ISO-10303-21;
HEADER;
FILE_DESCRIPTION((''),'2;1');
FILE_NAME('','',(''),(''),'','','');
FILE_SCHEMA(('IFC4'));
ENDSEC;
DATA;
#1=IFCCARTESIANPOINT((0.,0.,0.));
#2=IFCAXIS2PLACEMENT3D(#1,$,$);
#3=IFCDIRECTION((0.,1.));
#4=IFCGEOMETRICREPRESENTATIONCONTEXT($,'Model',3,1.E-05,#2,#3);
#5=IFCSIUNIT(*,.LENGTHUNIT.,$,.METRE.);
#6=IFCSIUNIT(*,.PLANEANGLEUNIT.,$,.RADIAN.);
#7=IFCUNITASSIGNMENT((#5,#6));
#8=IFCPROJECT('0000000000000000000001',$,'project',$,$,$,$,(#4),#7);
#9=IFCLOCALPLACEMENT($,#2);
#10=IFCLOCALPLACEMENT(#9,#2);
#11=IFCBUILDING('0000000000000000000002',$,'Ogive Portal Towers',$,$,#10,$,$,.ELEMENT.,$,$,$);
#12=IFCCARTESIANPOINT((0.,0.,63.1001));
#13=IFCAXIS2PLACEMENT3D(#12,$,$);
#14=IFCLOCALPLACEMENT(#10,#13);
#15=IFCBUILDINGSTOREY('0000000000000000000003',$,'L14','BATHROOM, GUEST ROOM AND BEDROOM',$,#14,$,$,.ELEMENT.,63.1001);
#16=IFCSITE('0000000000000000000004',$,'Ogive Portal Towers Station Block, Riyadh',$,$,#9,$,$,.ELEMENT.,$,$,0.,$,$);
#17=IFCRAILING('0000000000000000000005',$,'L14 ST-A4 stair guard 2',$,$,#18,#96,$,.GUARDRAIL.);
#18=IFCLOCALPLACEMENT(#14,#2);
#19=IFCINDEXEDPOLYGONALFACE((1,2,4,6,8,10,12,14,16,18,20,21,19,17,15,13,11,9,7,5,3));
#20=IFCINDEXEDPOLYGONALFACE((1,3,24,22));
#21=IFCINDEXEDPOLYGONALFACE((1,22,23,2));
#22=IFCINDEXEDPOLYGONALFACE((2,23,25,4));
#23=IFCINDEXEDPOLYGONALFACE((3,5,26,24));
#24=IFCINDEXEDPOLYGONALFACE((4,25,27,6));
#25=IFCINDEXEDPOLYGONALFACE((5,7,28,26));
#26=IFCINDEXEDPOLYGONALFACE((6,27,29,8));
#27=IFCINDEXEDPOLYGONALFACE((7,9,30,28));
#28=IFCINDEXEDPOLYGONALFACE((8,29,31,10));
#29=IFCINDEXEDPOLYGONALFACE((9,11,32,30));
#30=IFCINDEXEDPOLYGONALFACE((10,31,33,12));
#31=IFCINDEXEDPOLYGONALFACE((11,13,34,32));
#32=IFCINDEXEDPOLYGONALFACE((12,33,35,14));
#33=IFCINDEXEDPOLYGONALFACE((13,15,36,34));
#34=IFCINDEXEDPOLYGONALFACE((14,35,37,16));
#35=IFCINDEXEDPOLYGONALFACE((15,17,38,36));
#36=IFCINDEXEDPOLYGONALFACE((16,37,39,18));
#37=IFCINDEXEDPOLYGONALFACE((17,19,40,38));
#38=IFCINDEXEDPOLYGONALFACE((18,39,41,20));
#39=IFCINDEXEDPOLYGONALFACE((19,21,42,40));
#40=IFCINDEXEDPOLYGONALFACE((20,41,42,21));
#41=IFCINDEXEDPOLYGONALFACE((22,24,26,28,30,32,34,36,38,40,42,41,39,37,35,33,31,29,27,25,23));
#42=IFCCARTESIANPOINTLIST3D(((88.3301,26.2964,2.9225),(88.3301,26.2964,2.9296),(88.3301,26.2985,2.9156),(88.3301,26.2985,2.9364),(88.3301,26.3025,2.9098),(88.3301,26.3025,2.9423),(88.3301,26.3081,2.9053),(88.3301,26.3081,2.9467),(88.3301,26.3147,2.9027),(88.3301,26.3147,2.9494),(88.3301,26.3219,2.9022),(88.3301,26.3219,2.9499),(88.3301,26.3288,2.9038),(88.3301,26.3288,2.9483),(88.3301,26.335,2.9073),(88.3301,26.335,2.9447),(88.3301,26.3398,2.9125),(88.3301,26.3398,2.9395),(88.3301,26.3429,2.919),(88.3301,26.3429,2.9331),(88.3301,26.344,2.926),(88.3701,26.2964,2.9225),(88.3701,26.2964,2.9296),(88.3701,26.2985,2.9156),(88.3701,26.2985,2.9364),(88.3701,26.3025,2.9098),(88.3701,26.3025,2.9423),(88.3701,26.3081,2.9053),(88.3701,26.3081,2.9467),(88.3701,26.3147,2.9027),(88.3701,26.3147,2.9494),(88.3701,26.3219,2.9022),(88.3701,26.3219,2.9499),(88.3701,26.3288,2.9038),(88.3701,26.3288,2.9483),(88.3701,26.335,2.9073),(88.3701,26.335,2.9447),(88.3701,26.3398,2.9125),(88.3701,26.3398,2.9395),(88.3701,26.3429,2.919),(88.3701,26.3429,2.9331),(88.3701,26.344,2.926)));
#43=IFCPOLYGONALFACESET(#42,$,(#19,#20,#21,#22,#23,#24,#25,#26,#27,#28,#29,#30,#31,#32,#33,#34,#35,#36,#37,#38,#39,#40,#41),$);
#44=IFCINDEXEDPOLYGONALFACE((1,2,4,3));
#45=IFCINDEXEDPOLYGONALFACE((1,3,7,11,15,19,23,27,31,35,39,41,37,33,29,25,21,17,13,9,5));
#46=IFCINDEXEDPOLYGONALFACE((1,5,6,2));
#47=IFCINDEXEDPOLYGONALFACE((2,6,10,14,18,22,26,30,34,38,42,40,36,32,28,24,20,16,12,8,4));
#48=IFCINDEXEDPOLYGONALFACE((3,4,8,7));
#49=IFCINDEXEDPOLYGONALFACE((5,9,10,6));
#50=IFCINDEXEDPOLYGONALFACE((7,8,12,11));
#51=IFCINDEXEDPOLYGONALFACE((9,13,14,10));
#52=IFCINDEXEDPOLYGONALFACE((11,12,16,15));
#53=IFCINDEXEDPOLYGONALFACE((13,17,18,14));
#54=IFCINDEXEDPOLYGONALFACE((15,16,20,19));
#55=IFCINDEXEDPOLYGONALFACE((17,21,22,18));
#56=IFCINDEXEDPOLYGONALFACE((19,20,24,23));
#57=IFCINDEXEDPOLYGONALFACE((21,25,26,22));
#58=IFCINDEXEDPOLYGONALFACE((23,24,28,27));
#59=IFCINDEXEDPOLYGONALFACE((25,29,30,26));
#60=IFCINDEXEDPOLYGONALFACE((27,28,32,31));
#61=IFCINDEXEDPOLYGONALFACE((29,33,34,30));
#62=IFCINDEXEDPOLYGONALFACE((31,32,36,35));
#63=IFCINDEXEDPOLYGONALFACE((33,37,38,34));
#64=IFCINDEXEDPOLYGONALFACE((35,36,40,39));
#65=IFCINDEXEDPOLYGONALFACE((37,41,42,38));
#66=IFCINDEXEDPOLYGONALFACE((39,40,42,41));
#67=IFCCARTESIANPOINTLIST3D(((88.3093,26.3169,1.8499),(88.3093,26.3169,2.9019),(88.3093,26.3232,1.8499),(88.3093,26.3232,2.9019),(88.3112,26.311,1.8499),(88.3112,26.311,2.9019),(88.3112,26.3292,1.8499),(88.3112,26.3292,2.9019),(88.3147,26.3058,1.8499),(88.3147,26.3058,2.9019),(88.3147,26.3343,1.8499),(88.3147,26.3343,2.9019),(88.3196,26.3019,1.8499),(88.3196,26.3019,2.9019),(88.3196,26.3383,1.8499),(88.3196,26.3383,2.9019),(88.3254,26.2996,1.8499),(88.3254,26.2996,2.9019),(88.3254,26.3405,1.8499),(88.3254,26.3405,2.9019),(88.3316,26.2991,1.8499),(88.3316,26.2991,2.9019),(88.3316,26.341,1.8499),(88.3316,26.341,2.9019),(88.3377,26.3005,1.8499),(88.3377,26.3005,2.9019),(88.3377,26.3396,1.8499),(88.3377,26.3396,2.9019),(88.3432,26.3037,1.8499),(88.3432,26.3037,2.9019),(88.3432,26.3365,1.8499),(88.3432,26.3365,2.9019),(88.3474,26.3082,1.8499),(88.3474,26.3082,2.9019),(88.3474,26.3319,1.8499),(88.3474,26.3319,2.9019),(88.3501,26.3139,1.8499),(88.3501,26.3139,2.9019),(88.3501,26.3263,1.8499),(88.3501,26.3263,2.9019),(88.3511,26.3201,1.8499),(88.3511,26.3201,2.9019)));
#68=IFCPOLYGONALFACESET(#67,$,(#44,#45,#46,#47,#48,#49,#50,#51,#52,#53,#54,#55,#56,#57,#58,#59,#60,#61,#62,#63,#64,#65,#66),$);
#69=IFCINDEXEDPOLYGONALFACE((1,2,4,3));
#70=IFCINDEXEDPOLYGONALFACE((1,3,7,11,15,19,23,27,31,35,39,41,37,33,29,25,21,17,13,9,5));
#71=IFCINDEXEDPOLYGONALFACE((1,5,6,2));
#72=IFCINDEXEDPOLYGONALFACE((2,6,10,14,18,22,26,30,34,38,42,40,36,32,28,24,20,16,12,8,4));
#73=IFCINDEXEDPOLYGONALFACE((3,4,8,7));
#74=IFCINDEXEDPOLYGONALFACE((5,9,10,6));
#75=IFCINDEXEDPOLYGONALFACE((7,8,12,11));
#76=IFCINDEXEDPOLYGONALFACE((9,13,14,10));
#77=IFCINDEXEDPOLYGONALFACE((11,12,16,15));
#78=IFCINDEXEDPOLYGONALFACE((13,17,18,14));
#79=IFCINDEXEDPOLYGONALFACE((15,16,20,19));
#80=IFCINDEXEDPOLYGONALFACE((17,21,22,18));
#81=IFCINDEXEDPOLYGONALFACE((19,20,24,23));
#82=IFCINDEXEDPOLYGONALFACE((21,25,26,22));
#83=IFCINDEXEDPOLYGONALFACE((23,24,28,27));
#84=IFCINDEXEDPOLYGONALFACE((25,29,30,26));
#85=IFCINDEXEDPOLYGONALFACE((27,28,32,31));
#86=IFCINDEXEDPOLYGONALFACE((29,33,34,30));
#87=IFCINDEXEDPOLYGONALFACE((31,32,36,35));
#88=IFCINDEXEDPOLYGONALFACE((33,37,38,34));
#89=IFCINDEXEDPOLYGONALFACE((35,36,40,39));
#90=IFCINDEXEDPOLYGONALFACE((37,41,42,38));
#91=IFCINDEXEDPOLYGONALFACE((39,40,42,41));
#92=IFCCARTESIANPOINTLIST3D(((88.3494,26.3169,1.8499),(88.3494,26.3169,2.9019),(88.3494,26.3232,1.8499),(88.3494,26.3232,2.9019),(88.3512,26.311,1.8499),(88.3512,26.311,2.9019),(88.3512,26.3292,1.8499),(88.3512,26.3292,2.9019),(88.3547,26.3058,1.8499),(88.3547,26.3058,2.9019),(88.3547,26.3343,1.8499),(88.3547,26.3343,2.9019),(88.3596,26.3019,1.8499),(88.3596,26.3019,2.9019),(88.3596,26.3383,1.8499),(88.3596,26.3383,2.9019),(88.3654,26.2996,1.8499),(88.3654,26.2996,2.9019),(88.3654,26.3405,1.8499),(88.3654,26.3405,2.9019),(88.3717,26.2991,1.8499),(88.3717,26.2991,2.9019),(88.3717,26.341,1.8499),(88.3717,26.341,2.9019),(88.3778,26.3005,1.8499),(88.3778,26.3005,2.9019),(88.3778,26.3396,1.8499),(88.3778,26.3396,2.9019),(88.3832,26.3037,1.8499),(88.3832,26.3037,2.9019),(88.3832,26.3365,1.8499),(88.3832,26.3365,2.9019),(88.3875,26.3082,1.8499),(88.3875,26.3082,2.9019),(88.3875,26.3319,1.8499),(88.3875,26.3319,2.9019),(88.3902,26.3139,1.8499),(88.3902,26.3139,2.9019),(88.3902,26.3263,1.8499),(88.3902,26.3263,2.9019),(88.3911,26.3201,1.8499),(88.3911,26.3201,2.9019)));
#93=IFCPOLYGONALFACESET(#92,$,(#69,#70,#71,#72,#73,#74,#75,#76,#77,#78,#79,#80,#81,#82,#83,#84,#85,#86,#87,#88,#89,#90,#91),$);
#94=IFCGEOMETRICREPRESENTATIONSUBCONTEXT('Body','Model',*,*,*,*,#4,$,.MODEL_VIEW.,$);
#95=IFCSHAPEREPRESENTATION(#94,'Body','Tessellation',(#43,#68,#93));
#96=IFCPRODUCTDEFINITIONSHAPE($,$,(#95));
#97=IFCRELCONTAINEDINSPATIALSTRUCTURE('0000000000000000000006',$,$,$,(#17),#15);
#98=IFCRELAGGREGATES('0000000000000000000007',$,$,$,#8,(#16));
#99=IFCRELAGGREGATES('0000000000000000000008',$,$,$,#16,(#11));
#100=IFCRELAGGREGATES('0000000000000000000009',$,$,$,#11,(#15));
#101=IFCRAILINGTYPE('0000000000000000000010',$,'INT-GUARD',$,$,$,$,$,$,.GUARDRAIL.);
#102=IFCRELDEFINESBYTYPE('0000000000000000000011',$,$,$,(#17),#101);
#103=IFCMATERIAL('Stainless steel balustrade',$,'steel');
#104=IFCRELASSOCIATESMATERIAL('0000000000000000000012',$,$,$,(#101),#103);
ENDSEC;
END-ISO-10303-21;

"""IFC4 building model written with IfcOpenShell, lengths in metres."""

from ifc_helpers import new_model, si_unit, direction, frame, origin, origin_2d, place, context, subcontext, project, spatial, circle, extrude, material, type_object, element, save


model = new_model("IFC4")

# Units and contexts
model_context = context("Model", 3, precision=1e-05, world=origin(), true_north=direction((0.0, 1.0)))
body_context = subcontext(model_context, "Body", "Model", "MODEL_VIEW")
ifc_project = project(units=[si_unit("LENGTHUNIT", "METRE"), si_unit("PLANEANGLEUNIT", "RADIAN")], contexts=[model_context])

# Site, building, storey
site_placement = place(None, origin())
site = spatial("IfcSite", under=ifc_project, at=site_placement, Name="Ogive Portal Towers Station Block, Riyadh", CompositionType="ELEMENT", RefElevation=0.0)
building_placement = place(site_placement, origin())
building = spatial("IfcBuilding", under=site, at=building_placement, Name="Ogive Portal Towers", CompositionType="ELEMENT")
storey_placement = place(building_placement, frame((0.0, 0.0, 63.1001)))
storey = spatial("IfcBuildingStorey", under=building, at=storey_placement, Name="L14", Description="BATHROOM, GUEST ROOM AND BEDROOM", CompositionType="ELEMENT", Elevation=63.1001)

# Railing
ifc_material_1 = material(Name="Stainless steel balustrade", Category="steel")
railing_type_1 = type_object("IfcRailingType", Name="INT-GUARD", PredefinedType="GUARDRAIL", material=ifc_material_1)
railing_1_placement = place(storey_placement, frame((88.3301, 26.3201, 1.8499)))
element("IfcRailing", 1, at=railing_1_placement, inside=storey, type_object=railing_type_1, Name="L14 ST-A4 stair guard 2", PredefinedType="GUARDRAIL", context=body_context, shape_type="SweptSolid", body=[
    extrude(circle(Radius=0.0239, at=origin_2d()), frame((0.0, 0.0, 1.0762), z_axis=(1.0, 0.0, 0.0), x_axis=(0.0, 1.0, 0.0)), (0.0, 0.0, 1.0), 0.04),
    extrude(circle(Radius=0.021, at=origin_2d()), origin(), (0.0, 0.0, 1.0), 1.052),
    extrude(circle(Radius=0.021, at=origin_2d()), frame((0.04, 0.0, 0.0)), (0.0, 0.0, 1.0), 1.052),
])

save(model, "model.ifc")
